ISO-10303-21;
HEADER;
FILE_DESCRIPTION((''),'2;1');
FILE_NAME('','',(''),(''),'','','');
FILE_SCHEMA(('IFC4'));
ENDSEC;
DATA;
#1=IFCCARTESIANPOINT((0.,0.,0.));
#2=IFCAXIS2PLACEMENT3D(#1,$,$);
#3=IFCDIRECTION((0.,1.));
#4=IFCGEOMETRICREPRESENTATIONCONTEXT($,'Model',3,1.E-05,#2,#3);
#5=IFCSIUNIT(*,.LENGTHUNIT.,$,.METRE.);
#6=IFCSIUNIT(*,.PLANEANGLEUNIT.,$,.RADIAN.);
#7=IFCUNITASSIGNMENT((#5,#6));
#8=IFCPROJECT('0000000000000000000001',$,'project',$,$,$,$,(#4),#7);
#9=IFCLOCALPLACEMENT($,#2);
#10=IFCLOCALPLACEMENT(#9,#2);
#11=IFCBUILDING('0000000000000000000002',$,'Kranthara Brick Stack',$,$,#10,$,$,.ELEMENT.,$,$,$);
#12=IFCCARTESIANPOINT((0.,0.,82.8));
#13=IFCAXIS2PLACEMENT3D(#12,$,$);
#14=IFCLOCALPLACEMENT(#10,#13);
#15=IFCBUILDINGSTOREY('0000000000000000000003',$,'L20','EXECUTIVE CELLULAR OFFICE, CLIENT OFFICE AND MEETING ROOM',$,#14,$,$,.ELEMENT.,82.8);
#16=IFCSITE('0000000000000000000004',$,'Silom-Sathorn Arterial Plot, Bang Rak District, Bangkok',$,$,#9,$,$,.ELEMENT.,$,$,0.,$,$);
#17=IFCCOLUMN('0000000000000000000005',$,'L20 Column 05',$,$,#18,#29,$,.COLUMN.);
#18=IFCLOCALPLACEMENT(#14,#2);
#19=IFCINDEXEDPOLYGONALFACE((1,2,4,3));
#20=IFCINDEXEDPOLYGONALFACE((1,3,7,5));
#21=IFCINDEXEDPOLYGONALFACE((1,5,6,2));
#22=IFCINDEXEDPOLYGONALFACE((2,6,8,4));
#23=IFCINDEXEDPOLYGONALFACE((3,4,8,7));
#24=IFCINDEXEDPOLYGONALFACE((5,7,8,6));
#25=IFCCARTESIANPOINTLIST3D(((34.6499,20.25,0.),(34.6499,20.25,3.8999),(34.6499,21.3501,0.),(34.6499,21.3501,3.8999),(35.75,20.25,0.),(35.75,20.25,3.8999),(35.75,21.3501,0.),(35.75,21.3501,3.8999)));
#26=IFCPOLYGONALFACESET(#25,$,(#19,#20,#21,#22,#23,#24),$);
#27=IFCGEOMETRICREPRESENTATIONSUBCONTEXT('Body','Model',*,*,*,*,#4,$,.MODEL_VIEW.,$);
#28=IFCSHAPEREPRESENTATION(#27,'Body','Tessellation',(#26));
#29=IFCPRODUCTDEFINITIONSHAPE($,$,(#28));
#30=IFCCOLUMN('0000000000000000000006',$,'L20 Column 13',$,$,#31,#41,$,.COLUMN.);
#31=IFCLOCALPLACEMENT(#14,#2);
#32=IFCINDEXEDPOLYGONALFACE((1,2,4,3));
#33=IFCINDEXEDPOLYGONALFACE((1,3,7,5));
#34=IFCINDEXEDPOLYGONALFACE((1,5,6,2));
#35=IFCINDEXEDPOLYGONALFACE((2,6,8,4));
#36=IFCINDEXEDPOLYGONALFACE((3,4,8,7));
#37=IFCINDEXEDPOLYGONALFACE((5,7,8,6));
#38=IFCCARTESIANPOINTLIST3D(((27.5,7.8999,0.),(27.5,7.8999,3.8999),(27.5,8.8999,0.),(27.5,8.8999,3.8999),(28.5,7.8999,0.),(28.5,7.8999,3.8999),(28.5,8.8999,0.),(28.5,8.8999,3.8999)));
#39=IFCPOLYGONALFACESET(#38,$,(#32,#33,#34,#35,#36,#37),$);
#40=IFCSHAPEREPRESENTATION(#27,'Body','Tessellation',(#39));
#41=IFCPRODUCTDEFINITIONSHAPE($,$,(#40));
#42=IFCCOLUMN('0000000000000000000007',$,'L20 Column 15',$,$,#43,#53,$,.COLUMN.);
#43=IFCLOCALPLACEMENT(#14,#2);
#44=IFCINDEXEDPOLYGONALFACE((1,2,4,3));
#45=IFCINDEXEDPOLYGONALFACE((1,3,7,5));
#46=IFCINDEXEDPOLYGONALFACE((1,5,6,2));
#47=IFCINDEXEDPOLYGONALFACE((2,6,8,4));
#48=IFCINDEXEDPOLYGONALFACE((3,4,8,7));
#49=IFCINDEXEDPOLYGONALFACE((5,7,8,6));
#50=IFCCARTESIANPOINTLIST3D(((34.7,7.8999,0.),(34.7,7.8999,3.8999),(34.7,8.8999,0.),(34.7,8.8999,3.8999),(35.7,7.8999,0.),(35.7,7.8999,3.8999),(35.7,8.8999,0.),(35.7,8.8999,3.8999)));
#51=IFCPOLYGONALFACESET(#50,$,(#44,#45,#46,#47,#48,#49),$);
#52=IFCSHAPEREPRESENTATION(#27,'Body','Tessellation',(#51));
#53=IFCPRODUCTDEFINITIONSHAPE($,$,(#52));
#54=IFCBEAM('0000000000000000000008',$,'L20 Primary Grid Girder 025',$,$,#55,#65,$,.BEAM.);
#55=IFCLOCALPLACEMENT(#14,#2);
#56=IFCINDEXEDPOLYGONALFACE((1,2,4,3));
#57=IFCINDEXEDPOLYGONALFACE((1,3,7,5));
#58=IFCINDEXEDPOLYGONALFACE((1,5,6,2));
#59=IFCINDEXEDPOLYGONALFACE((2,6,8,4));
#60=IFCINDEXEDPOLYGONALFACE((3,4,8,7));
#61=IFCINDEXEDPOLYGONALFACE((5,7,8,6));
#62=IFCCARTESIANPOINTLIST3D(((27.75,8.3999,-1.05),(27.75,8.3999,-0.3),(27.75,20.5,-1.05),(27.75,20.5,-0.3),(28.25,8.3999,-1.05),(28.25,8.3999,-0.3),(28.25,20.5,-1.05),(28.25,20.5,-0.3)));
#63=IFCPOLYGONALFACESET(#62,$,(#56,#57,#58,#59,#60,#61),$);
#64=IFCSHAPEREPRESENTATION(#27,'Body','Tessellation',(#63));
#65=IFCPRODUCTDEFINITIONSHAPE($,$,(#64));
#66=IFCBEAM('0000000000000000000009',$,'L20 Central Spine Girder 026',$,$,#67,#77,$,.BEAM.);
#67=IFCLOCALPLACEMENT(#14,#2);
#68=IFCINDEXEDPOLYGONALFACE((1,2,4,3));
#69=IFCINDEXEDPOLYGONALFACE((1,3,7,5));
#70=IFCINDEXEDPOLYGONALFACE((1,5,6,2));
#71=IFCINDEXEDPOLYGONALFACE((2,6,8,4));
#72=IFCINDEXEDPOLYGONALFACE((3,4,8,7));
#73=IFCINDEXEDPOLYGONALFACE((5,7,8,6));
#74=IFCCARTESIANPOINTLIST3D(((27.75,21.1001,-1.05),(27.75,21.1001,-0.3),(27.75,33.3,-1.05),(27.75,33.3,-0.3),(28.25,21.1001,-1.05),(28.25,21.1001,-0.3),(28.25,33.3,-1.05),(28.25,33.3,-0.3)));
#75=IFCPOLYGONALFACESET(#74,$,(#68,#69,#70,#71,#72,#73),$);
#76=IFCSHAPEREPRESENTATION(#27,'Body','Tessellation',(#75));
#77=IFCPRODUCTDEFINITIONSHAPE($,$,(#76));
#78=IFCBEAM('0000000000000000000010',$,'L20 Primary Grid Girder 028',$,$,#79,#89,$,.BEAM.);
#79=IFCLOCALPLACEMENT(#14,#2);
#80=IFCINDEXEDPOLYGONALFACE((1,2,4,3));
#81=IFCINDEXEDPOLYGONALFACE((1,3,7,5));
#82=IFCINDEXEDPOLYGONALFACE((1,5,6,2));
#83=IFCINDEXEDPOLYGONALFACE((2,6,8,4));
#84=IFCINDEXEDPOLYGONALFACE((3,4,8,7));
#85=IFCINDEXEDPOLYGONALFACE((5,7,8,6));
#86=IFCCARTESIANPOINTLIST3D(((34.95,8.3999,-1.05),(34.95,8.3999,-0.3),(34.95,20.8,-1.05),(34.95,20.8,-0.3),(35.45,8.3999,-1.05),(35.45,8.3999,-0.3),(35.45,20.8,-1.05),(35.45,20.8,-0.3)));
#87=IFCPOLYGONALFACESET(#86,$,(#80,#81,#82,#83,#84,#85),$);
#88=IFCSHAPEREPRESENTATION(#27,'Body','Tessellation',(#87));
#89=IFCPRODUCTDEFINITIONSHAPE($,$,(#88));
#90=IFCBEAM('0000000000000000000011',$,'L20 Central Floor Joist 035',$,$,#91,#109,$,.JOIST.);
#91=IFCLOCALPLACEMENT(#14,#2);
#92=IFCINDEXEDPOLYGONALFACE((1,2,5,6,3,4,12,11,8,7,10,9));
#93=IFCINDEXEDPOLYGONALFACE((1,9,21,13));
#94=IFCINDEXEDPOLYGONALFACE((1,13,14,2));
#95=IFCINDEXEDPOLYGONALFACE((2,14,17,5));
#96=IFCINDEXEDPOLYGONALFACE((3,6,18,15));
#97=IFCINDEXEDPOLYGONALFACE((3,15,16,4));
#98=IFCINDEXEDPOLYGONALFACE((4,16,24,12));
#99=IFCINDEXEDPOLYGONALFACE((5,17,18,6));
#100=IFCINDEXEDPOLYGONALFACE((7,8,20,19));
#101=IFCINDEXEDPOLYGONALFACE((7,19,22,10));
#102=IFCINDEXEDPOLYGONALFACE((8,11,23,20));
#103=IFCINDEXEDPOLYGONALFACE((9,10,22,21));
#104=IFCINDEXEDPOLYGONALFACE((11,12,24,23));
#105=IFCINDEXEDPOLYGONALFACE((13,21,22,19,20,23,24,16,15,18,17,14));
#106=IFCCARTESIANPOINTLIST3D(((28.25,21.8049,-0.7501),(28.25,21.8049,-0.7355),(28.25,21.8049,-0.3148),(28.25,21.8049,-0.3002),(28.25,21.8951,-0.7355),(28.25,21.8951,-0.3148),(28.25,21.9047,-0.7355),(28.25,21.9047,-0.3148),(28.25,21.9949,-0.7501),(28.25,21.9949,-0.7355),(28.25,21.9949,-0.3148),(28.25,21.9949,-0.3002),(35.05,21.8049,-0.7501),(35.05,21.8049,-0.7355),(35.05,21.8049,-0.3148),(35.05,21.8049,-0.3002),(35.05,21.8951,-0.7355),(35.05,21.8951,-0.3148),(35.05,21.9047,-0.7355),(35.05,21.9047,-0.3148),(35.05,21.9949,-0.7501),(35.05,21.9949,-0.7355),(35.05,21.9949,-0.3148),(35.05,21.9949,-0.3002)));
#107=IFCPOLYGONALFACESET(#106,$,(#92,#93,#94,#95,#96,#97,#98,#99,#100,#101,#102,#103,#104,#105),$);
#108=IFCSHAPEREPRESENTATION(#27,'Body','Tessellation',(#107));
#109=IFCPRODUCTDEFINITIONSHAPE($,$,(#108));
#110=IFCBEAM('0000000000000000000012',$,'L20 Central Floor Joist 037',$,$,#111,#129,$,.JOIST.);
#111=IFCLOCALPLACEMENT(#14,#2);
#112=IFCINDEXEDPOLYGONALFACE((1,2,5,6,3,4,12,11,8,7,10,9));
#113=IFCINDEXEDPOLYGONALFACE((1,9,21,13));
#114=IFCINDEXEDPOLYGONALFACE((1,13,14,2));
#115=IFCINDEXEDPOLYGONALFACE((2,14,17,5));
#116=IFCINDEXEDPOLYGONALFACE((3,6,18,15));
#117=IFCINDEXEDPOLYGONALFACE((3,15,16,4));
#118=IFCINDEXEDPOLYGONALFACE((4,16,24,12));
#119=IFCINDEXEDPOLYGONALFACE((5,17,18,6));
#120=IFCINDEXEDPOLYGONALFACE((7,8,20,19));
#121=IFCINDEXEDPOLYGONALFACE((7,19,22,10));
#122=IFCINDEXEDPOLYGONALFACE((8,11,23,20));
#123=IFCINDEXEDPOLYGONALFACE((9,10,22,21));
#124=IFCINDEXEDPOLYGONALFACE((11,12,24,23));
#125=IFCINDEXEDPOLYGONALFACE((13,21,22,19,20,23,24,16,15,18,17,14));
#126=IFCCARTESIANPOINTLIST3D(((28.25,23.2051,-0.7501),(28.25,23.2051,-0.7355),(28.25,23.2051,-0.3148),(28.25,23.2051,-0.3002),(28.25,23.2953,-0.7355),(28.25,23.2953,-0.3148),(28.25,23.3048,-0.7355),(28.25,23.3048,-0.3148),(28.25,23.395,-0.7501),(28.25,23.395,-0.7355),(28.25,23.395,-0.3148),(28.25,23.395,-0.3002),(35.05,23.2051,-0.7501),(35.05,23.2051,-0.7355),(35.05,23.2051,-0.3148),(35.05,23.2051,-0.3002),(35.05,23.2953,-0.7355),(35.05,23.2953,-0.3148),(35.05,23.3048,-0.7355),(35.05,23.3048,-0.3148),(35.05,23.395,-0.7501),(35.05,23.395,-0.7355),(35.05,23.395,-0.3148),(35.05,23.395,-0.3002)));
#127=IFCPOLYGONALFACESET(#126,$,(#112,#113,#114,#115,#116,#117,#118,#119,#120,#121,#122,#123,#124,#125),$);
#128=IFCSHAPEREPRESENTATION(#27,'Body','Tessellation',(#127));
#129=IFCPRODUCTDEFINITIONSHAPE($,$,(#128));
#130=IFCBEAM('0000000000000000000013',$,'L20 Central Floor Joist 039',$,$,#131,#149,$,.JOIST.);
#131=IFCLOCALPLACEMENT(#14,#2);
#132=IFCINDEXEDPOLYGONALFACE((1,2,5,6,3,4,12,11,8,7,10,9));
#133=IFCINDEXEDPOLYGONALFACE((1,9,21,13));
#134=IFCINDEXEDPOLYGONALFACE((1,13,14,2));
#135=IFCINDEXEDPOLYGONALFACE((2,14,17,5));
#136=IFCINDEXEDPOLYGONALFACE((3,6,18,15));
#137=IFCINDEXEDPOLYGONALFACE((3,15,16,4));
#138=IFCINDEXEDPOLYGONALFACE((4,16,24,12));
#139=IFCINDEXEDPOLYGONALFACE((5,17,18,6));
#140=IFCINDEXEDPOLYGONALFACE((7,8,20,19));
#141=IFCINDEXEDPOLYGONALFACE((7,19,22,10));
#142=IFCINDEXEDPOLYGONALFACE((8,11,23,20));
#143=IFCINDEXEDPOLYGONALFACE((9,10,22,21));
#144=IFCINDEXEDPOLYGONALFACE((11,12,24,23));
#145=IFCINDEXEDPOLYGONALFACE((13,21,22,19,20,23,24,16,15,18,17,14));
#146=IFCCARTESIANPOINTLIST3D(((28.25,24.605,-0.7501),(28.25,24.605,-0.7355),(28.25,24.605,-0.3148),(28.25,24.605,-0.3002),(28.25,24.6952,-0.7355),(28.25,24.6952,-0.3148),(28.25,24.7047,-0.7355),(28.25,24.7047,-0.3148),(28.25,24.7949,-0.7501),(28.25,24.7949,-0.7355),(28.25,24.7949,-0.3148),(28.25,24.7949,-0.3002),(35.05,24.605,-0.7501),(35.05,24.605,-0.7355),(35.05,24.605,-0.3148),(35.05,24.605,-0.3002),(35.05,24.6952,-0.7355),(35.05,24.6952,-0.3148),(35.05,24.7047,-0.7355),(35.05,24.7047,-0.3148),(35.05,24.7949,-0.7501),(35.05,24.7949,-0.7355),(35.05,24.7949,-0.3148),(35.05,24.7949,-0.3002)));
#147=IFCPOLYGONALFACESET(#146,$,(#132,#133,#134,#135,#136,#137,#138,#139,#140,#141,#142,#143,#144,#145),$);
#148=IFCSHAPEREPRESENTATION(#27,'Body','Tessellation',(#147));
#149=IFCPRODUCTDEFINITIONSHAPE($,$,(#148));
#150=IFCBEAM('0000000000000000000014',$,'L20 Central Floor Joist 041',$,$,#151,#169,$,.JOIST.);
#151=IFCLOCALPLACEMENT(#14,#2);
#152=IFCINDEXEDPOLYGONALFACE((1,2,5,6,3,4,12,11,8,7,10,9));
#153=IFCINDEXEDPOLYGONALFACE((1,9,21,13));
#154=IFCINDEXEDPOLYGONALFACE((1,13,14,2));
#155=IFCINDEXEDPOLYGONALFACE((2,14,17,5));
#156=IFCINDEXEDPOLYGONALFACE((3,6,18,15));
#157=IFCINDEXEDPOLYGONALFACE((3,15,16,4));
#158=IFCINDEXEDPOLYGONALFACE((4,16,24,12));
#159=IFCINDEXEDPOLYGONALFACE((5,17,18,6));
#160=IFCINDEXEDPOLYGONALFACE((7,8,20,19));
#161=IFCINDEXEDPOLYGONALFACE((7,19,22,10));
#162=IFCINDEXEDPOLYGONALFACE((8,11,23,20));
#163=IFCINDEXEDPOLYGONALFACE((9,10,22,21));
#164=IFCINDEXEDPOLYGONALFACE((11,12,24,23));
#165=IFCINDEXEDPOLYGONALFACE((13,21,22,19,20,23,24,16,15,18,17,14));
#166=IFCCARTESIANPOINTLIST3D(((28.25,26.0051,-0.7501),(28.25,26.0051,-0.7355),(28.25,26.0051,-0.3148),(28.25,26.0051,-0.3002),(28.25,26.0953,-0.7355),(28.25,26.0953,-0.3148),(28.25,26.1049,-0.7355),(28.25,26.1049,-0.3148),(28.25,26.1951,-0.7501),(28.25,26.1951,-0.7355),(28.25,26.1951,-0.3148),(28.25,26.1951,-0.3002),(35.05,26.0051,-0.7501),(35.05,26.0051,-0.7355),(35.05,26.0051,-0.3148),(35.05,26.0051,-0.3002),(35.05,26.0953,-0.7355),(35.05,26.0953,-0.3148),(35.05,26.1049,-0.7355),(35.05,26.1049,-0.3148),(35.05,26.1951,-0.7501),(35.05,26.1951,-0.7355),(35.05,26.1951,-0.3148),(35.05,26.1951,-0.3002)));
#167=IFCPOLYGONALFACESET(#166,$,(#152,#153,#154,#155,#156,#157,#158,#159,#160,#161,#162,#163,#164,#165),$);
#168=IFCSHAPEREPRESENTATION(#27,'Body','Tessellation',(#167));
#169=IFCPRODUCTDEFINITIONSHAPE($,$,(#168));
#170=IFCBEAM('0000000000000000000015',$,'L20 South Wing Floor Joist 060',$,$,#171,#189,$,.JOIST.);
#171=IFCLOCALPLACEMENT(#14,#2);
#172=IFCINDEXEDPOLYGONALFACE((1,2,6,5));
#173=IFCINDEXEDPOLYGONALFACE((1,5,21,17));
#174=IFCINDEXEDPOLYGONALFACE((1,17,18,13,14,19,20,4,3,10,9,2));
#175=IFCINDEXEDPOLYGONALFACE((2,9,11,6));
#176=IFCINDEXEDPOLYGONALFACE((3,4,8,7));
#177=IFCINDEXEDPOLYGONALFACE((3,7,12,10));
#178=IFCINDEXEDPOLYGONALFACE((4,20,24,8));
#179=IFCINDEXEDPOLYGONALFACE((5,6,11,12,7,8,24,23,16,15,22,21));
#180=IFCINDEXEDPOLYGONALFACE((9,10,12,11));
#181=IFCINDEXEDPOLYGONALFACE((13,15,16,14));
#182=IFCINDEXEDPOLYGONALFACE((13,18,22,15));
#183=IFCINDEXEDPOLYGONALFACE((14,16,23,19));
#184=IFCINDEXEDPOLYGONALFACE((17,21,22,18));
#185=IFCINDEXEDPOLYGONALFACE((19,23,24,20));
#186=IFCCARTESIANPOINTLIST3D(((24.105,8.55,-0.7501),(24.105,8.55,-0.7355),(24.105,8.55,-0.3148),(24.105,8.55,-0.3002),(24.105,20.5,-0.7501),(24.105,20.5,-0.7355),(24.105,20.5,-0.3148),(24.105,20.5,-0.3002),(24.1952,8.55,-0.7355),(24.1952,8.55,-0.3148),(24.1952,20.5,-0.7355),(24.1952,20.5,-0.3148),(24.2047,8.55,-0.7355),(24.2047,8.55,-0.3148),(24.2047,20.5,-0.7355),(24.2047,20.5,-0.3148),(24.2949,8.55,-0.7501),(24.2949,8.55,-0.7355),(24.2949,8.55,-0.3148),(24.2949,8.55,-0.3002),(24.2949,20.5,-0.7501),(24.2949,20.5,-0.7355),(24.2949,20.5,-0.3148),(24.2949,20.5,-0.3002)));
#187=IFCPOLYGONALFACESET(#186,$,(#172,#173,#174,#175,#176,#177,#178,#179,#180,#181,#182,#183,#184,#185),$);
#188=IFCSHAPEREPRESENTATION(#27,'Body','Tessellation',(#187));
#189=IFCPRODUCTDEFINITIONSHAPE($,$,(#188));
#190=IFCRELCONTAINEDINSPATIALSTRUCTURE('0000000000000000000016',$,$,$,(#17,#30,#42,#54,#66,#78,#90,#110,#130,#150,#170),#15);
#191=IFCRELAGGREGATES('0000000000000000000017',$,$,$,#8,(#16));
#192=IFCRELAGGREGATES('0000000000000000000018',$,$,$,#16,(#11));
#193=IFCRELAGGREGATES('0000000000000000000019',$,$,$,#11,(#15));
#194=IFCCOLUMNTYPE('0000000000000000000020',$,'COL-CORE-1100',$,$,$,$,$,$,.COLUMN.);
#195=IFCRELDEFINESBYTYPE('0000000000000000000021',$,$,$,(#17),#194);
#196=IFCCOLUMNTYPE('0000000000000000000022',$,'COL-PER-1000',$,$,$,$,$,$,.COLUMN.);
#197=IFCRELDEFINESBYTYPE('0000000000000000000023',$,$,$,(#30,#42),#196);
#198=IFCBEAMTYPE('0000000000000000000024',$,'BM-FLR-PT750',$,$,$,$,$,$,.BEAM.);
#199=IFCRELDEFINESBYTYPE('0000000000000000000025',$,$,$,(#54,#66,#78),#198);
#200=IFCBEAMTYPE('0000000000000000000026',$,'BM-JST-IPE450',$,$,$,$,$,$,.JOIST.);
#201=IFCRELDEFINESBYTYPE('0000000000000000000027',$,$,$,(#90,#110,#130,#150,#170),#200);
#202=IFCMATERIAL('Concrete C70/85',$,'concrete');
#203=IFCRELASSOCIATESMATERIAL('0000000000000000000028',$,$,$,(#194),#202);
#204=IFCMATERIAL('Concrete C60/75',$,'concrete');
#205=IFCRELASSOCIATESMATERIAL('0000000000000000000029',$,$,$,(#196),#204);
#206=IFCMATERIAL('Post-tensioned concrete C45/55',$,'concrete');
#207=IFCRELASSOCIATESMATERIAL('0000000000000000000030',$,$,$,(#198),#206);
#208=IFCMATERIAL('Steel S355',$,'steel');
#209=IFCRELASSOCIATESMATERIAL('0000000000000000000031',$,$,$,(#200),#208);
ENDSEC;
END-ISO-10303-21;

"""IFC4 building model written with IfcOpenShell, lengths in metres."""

from ifc_helpers import new_model, si_unit, direction, frame, origin, origin_2d, place, context, subcontext, project, spatial, rectangle, i_section, extrude, material, material_profile, profile_set, type_object, element, save


model = new_model("IFC4")

# Units and contexts
model_context = context("Model", 3, precision=1e-05, world=origin(), true_north=direction((0.0, 1.0)))
body_context = subcontext(model_context, "Body", "Model", "MODEL_VIEW")
ifc_project = project(units=[si_unit("LENGTHUNIT", "METRE"), si_unit("PLANEANGLEUNIT", "RADIAN")], contexts=[model_context])

# Site, building, storey
site_placement = place(None, origin())
site = spatial("IfcSite", under=ifc_project, at=site_placement, Name="Silom-Sathorn Arterial Plot, Bang Rak District, Bangkok", CompositionType="ELEMENT", RefElevation=0.0)
building_placement = place(site_placement, origin())
building = spatial("IfcBuilding", under=site, at=building_placement, Name="Kranthara Brick Stack", CompositionType="ELEMENT")
storey_placement = place(building_placement, frame((0.0, 0.0, 82.8)))
storey = spatial("IfcBuildingStorey", under=building, at=storey_placement, Name="L20", Description="EXECUTIVE CELLULAR OFFICE, CLIENT OFFICE AND MEETING ROOM", CompositionType="ELEMENT", Elevation=82.8)

# Columns
ifc_material_1 = material(Name="Concrete C70/85", Category="concrete")
ifc_material_profile_1 = material_profile(ifc_material_1, rectangle(XDim=1.1001, YDim=1.1001, at=origin_2d()), Name="RC 1100x1100")
ifc_profile_set_1 = profile_set([ifc_material_profile_1], Name="Concrete C70/85")
column_type_1 = type_object("IfcColumnType", Name="COL-CORE-1100", PredefinedType="COLUMN", material=ifc_profile_set_1)
column_placement = place(storey_placement, frame((35.2, 20.8, 0.0), z_axis=(0.0, 0.0, 1.0), x_axis=(1.0, 0.0, 0.0)))
element("IfcColumn", 1, at=column_placement, inside=storey, type_object=column_type_1, Name="L20 Column 05", PredefinedType="COLUMN", context=body_context, shape_type="SweptSolid", body=[
    extrude(rectangle(XDim=1.1001, YDim=1.1001, at=origin_2d()), origin(), (0.0, 0.0, 1.0), 3.8999),
])
ifc_material_2 = material(Name="Concrete C60/75", Category="concrete")
ifc_material_profile_2 = material_profile(ifc_material_2, rectangle(XDim=1.0, YDim=1.0, at=origin_2d()), Name="RC 1000x1000")
ifc_profile_set_2 = profile_set([ifc_material_profile_2], Name="Concrete C60/75")
column_type_2 = type_object("IfcColumnType", Name="COL-PER-1000", PredefinedType="COLUMN", material=ifc_profile_set_2)
for number, where, z_axis, x_axis, name in (
    (2, (28.0, 8.3999, 0.0), (0.0, 0.0, 1.0), (1.0, 0.0, 0.0), "L20 Column 13"),
    (3, (35.2, 8.3999, 0.0), (0.0, 0.0, 1.0), (1.0, 0.0, 0.0), "L20 Column 15"),
):
    element("IfcColumn", number, at=place(storey_placement, frame(where, z_axis=z_axis, x_axis=x_axis)), inside=storey, type_object=column_type_2, Name=name, PredefinedType="COLUMN", context=body_context, shape_type="SweptSolid", body=[
        extrude(rectangle(XDim=1.0, YDim=1.0, at=origin_2d()), origin(), (0.0, 0.0, 1.0), 3.8999),
    ])

# Beams
ifc_material_3 = material(Name="Post-tensioned concrete C45/55", Category="concrete")
ifc_material_profile_3 = material_profile(ifc_material_3, rectangle(XDim=0.5, YDim=0.75, at=origin_2d()), Name="PT 500x750")
ifc_profile_set_3 = profile_set([ifc_material_profile_3], Name="Post-tensioned concrete C45/55")
beam_type_1 = type_object("IfcBeamType", Name="BM-FLR-PT750", PredefinedType="BEAM", material=ifc_profile_set_3)
beam_1_placement = place(storey_placement, frame((28.0, 8.3999, -0.675), z_axis=(0.0, 1.0, 0.0), x_axis=(-1.0, 0.0, 0.0)))
element("IfcBeam", 4, at=beam_1_placement, inside=storey, type_object=beam_type_1, Name="L20 Primary Grid Girder 025", PredefinedType="BEAM", context=body_context, shape_type="SweptSolid", body=[
    extrude(rectangle(XDim=0.5, YDim=0.75, at=origin_2d()), origin(), (0.0, 0.0, 1.0), 12.1001),
])
beam_2_placement = place(storey_placement, frame((28.0, 21.1001, -0.675), z_axis=(0.0, 1.0, 0.0), x_axis=(-1.0, 0.0, 0.0)))
element("IfcBeam", 5, at=beam_2_placement, inside=storey, type_object=beam_type_1, Name="L20 Central Spine Girder 026", PredefinedType="BEAM", context=body_context, shape_type="SweptSolid", body=[
    extrude(rectangle(XDim=0.5, YDim=0.75, at=origin_2d()), origin(), (0.0, 0.0, 1.0), 12.2),
])
beam_3_placement = place(storey_placement, frame((35.2, 8.3999, -0.675), z_axis=(0.0, 1.0, 0.0), x_axis=(-1.0, 0.0, 0.0)))
element("IfcBeam", 6, at=beam_3_placement, inside=storey, type_object=beam_type_1, Name="L20 Primary Grid Girder 028", PredefinedType="BEAM", context=body_context, shape_type="SweptSolid", body=[
    extrude(rectangle(XDim=0.5, YDim=0.75, at=origin_2d()), origin(), (0.0, 0.0, 1.0), 12.4001),
])
ifc_material_4 = material(Name="Steel S355", Category="steel")
ifc_material_profile_4 = material_profile(ifc_material_4, i_section(OverallWidth=0.1899, OverallDepth=0.45, WebThickness=0.0095, FlangeThickness=0.0146, at=origin_2d()), Name="IPE 450")
ifc_profile_set_4 = profile_set([ifc_material_profile_4], Name="Steel S355")
beam_type_2 = type_object("IfcBeamType", Name="BM-JST-IPE450", PredefinedType="JOIST", material=ifc_profile_set_4)
for number, where, z_axis, x_axis, name in (
    (7, (28.25, 21.8999, -0.5251), (1.0, 0.0, 0.0), (0.0, 1.0, 0.0), "L20 Central Floor Joist 035"),
    (8, (28.25, 23.3, -0.5251), (1.0, 0.0, 0.0), (0.0, 1.0, 0.0), "L20 Central Floor Joist 037"),
    (9, (28.25, 24.7, -0.5251), (1.0, 0.0, 0.0), (0.0, 1.0, 0.0), "L20 Central Floor Joist 039"),
    (10, (28.25, 26.1001, -0.5251), (1.0, 0.0, 0.0), (0.0, 1.0, 0.0), "L20 Central Floor Joist 041"),
):
    element("IfcBeam", number, at=place(storey_placement, frame(where, z_axis=z_axis, x_axis=x_axis)), inside=storey, type_object=beam_type_2, Name=name, PredefinedType="JOIST", context=body_context, shape_type="SweptSolid", body=[
        extrude(i_section(OverallWidth=0.1899, OverallDepth=0.45, WebThickness=0.0095, FlangeThickness=0.0146, at=origin_2d()), origin(), (0.0, 0.0, 1.0), 6.8),
    ])
for number, where, z_axis, x_axis, name in (
    (11, (24.2, 8.55, -0.5251), (0.0, 1.0, 0.0), (-1.0, 0.0, 0.0), "L20 South Wing Floor Joist 060"),
):
    element("IfcBeam", number, at=place(storey_placement, frame(where, z_axis=z_axis, x_axis=x_axis)), inside=storey, type_object=beam_type_2, Name=name, PredefinedType="JOIST", context=body_context, shape_type="SweptSolid", body=[
        extrude(i_section(OverallWidth=0.1899, OverallDepth=0.45, WebThickness=0.0095, FlangeThickness=0.0146, at=origin_2d()), origin(), (0.0, 0.0, 1.0), 11.95),
    ])

save(model, "model.ifc")
